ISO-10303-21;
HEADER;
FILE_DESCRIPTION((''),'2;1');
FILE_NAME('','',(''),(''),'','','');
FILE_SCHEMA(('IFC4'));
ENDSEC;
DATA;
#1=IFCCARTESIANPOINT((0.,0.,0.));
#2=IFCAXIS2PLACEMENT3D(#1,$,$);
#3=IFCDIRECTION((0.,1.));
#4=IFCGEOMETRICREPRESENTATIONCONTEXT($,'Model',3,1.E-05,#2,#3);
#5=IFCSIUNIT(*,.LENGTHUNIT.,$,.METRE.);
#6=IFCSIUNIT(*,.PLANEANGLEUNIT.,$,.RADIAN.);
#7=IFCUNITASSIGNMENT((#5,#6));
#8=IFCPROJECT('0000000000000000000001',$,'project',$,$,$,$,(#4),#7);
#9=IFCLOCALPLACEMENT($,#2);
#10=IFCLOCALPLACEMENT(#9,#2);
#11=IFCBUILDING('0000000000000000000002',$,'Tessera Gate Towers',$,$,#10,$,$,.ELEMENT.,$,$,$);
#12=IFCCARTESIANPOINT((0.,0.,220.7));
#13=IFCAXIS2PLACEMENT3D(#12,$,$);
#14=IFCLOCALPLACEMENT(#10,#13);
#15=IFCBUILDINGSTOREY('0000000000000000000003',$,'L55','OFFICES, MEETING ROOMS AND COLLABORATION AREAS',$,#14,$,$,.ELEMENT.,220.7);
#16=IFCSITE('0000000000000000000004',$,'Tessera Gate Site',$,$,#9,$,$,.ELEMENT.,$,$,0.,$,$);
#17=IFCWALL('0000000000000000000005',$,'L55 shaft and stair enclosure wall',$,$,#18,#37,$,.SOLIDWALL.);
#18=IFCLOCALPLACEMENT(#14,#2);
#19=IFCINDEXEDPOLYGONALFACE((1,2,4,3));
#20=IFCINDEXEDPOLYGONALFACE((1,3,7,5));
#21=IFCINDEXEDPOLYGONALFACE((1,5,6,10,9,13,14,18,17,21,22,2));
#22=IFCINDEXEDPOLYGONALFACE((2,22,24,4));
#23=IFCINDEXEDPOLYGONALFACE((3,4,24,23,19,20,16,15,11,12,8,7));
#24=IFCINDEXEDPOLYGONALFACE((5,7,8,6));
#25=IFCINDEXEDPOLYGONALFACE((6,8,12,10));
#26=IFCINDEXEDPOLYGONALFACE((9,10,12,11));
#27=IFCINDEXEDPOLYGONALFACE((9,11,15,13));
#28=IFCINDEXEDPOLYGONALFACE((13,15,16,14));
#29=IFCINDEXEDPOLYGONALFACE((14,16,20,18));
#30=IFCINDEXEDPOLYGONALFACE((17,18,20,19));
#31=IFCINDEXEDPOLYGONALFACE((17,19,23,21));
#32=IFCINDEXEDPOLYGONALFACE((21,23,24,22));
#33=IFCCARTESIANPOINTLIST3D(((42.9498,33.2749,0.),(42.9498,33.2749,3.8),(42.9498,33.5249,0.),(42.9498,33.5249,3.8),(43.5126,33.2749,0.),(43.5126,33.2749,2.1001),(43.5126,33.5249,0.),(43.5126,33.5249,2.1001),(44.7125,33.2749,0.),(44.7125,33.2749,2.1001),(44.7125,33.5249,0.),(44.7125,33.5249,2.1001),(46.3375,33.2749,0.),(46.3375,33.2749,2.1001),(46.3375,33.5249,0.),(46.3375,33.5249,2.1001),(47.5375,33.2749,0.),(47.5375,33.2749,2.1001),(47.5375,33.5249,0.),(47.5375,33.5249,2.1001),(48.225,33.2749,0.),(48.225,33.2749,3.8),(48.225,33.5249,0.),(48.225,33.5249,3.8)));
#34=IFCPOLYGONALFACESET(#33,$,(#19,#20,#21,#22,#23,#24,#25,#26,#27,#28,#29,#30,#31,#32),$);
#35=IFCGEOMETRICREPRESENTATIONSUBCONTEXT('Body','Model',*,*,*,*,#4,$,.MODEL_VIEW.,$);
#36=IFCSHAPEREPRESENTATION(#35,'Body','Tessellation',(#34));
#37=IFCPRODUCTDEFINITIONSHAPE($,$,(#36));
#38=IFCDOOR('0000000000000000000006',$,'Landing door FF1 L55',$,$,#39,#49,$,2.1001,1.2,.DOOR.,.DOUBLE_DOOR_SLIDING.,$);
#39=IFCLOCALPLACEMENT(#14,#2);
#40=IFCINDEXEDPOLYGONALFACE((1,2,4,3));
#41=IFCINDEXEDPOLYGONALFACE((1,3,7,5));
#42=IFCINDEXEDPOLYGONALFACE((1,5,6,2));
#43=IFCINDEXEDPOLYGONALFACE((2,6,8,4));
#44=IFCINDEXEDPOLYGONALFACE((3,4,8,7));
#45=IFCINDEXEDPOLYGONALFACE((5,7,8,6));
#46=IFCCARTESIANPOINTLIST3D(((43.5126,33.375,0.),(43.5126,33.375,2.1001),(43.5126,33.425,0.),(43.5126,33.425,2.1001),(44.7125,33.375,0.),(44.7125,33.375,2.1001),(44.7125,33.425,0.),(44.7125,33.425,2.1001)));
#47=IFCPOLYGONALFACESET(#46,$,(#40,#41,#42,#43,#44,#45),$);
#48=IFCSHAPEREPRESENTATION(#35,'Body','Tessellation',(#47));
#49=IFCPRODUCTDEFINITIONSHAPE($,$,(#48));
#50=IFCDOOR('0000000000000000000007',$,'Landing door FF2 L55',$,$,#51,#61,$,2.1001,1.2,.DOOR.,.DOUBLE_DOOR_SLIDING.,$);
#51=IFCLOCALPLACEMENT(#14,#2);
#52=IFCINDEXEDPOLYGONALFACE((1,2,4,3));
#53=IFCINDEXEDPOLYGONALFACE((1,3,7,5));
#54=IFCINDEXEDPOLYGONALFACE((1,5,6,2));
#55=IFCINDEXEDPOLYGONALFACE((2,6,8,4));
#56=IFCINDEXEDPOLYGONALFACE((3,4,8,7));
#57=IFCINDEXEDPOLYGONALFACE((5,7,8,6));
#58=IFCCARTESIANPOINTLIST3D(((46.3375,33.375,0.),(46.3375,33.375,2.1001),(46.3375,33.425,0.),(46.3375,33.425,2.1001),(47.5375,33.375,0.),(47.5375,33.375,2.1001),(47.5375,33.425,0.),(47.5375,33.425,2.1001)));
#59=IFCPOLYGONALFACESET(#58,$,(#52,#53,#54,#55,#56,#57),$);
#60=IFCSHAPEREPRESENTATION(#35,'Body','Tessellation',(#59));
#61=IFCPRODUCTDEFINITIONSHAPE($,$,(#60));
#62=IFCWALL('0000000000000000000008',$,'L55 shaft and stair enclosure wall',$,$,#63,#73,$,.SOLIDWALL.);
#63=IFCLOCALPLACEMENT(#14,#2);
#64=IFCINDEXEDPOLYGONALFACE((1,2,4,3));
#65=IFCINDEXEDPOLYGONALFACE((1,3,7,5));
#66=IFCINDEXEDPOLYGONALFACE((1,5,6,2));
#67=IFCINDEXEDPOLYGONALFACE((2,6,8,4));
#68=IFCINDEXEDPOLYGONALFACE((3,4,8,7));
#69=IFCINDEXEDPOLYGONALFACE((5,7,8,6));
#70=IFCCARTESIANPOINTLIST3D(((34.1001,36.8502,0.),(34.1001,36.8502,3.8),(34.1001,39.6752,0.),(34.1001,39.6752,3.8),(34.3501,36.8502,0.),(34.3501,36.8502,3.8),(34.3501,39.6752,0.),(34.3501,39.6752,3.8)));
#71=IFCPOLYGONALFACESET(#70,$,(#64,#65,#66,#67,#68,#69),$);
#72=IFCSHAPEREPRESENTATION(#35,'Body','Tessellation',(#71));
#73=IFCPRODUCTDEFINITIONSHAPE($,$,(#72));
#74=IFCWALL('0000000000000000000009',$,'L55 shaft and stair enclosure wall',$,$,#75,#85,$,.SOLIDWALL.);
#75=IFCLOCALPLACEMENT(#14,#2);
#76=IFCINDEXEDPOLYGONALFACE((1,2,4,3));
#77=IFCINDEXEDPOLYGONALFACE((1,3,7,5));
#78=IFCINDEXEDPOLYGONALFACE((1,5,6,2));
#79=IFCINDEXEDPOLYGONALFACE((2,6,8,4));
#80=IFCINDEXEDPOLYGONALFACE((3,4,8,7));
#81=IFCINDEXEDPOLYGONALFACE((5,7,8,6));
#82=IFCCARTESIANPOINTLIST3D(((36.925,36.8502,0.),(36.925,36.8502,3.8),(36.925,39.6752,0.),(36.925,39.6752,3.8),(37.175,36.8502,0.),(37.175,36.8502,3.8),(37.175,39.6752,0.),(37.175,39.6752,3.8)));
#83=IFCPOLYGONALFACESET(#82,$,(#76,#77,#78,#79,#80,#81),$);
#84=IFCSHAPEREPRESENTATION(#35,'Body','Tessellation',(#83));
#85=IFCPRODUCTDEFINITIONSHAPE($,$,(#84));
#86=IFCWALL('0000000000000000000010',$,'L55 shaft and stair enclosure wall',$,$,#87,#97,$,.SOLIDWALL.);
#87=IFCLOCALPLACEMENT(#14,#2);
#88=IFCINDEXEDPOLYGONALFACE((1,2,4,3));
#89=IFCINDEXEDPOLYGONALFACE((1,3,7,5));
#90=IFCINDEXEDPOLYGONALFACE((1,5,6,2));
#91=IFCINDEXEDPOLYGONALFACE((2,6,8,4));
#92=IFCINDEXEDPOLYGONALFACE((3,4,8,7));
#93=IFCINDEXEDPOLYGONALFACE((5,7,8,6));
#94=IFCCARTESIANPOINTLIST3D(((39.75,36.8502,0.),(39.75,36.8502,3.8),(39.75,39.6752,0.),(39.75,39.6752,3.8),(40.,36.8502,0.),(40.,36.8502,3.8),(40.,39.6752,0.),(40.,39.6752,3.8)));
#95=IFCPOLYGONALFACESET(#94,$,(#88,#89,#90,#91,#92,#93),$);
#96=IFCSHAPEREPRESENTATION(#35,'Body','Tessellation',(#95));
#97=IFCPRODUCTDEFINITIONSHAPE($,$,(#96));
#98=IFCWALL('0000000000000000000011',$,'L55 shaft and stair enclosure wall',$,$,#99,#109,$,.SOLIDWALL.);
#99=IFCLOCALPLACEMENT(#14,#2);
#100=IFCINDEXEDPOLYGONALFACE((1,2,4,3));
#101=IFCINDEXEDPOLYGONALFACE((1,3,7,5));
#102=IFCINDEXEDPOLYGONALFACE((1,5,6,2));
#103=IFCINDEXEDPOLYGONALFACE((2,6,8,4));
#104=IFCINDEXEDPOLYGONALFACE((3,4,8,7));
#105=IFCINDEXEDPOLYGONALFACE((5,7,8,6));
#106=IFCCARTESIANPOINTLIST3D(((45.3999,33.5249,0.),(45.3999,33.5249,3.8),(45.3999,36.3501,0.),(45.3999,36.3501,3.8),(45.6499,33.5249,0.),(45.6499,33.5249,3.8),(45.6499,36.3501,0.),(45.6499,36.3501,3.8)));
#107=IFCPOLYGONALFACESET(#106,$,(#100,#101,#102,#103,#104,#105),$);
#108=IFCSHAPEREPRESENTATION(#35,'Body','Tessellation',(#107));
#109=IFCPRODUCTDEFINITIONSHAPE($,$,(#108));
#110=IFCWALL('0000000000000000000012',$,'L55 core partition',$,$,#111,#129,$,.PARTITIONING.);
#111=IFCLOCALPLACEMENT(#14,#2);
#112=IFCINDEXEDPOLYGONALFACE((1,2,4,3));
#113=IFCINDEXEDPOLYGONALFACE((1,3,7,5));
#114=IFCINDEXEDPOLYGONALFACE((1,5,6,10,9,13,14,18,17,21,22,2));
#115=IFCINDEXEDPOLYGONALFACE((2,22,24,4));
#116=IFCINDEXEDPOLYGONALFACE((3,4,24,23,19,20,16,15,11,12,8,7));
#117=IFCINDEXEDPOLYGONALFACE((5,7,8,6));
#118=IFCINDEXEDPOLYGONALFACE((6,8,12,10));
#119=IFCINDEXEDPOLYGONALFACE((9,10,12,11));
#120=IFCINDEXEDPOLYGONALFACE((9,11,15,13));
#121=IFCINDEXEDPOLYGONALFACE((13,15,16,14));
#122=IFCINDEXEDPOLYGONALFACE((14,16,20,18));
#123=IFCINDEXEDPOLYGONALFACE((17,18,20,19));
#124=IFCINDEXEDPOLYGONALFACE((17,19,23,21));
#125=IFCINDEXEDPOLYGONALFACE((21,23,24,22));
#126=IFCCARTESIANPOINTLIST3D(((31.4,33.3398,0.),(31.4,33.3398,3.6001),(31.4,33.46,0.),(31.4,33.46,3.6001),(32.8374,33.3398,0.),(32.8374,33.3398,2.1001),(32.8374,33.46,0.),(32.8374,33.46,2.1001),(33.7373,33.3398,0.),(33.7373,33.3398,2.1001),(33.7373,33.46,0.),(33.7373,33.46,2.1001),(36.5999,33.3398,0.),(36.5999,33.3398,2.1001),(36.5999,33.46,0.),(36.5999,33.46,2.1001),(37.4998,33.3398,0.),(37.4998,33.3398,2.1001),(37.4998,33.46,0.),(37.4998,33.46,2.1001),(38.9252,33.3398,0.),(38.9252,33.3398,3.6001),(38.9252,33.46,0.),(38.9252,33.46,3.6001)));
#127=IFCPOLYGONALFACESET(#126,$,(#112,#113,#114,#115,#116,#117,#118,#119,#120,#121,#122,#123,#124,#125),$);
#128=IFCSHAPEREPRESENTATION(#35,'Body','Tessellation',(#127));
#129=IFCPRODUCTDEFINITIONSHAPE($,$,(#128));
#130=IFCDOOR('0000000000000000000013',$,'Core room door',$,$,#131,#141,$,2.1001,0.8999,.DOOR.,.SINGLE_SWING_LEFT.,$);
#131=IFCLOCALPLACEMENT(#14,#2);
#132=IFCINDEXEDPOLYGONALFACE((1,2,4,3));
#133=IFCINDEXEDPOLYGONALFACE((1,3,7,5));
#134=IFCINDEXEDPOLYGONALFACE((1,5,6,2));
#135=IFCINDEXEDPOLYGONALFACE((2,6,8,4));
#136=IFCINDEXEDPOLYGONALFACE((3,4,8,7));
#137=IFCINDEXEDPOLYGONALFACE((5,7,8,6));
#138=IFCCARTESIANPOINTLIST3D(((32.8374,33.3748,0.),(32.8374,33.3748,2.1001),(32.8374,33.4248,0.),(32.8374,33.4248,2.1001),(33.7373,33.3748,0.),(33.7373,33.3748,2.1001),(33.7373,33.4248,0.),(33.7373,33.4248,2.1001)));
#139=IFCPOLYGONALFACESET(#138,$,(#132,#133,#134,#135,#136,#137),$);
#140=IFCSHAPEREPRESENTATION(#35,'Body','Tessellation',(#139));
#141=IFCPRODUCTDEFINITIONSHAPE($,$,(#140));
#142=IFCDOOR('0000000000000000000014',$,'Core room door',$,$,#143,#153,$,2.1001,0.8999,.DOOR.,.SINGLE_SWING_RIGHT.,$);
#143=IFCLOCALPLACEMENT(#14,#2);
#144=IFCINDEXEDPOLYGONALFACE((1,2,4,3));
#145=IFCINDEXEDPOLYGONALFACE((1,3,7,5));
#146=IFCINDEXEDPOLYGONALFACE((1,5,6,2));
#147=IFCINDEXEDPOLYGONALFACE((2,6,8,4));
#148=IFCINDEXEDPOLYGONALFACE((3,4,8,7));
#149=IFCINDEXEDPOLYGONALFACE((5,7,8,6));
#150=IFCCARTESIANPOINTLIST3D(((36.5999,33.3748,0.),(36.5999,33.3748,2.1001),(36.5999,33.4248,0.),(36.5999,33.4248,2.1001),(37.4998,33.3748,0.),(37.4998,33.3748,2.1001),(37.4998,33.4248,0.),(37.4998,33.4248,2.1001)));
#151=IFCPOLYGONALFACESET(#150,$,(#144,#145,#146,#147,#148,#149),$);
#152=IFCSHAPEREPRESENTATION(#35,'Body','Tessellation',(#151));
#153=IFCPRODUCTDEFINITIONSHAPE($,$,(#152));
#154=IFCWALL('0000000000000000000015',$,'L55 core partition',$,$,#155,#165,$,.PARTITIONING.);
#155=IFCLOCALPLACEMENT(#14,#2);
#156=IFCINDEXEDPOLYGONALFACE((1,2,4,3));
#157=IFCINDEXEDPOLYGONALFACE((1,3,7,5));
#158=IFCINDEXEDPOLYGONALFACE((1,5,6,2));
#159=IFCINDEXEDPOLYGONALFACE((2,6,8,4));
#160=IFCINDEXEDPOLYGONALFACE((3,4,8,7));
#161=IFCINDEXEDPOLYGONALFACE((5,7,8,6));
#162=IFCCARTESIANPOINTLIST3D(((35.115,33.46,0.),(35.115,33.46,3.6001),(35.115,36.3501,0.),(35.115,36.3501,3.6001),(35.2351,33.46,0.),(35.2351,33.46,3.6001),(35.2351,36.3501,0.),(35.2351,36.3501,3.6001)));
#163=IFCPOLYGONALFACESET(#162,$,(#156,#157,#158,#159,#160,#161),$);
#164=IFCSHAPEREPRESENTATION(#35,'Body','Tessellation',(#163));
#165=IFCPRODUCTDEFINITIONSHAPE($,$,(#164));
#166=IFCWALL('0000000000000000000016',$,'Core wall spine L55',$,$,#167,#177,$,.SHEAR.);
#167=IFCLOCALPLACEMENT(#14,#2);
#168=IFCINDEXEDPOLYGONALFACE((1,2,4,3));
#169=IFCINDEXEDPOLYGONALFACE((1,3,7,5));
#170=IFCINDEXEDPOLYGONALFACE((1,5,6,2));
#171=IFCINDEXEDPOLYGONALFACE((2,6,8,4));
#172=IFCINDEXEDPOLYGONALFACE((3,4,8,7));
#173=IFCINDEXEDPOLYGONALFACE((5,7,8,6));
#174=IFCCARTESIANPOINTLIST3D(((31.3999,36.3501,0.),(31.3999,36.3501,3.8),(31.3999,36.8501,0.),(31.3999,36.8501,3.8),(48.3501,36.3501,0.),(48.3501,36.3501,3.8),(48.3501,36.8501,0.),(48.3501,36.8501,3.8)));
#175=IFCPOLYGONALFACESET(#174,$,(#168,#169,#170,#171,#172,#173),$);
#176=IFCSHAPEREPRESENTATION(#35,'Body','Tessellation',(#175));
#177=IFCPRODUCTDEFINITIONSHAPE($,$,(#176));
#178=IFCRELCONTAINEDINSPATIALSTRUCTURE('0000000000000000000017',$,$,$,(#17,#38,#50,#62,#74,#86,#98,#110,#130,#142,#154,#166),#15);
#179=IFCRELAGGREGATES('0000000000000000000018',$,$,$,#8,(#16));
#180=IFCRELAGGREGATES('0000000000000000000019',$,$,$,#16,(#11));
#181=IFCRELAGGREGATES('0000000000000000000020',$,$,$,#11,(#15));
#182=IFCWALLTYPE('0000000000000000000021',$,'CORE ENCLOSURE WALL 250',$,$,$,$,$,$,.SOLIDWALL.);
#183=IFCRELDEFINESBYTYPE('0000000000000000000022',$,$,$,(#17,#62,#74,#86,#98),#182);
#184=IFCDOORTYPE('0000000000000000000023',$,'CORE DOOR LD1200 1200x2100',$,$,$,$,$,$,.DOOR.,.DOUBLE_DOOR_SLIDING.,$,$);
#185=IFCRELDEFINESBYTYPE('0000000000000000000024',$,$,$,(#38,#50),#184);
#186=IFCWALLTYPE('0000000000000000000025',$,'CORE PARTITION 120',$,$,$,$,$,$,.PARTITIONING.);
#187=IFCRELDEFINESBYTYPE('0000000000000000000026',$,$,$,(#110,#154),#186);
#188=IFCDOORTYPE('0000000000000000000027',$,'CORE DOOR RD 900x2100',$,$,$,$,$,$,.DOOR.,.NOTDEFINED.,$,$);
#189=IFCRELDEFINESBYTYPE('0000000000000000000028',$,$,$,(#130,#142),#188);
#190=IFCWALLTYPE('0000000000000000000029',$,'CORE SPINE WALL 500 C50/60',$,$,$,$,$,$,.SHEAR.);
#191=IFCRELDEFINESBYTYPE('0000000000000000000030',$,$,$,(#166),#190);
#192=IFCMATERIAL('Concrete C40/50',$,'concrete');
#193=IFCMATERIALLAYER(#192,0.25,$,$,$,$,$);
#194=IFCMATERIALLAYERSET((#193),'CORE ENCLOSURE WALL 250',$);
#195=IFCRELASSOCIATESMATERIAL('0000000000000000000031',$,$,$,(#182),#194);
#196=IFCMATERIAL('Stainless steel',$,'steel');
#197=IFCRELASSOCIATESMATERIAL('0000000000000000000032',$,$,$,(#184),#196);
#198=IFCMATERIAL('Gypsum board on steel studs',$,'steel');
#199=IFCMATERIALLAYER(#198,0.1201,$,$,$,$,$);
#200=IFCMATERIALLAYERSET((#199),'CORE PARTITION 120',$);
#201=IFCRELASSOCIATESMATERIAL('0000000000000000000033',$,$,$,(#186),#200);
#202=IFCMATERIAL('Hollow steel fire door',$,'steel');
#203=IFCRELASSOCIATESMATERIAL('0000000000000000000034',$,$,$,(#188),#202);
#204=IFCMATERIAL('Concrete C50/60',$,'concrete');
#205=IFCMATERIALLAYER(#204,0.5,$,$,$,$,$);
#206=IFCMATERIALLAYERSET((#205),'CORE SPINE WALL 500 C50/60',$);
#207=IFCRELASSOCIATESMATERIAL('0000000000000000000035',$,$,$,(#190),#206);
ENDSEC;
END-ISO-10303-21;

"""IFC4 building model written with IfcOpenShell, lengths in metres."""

from ifc_helpers import new_model, si_unit, direction, frame, frame_2d, origin, place, context, subcontext, project, spatial, rectangle, extrude, source, transform, mapped, material, layer, layer_set, type_object, element, fill, save


model = new_model("IFC4")

# Units and contexts
model_context = context("Model", 3, precision=1e-05, world=origin(), true_north=direction((0.0, 1.0)))
body_context = subcontext(model_context, "Body", "Model", "MODEL_VIEW")
ifc_project = project(units=[si_unit("LENGTHUNIT", "METRE"), si_unit("PLANEANGLEUNIT", "RADIAN")], contexts=[model_context])

# Site, building, storey
site_placement = place(None, origin())
site = spatial("IfcSite", under=ifc_project, at=site_placement, Name="Tessera Gate Site", CompositionType="ELEMENT", RefElevation=0.0)
building_placement = place(site_placement, origin())
building = spatial("IfcBuilding", under=site, at=building_placement, Name="Tessera Gate Towers", CompositionType="ELEMENT")
storey_placement = place(building_placement, frame((0.0, 0.0, 220.7)))
storey = spatial("IfcBuildingStorey", under=building, at=storey_placement, Name="L55", Description="OFFICES, MEETING ROOMS AND COLLABORATION AREAS", CompositionType="ELEMENT", Elevation=220.7)

# Shared definitions
ifc_material_1 = material(Name="Concrete C40/50", Category="concrete")
ifc_layer_1 = layer(ifc_material_1, 0.25)
ifc_layer_set_1 = layer_set([ifc_layer_1], Name="CORE ENCLOSURE WALL 250")
wall_type_1 = type_object("IfcWallType", Name="CORE ENCLOSURE WALL 250", PredefinedType="SOLIDWALL", material=ifc_layer_set_1)

# Shared definitions
shared_shape_1 = source(origin(), body_context, "Body", "SweptSolid", [
    extrude(rectangle(XDim=1.2, YDim=2.1001, at=frame_2d((0.6001, 1.05))), frame((0.0, 0.135, 0.0), z_axis=(0.0, -1.0, 0.0), x_axis=(1.0, 0.0, 0.0)), (0.0, 0.0, 1.0), 0.27),
])
shared_shape_2 = source(origin(), body_context, "Body", "SweptSolid", [
    extrude(rectangle(XDim=1.2, YDim=2.1001, at=frame_2d((0.6001, 1.05))), frame((0.0, 0.0249, 0.0), z_axis=(0.0, -1.0, 0.0), x_axis=(1.0, 0.0, 0.0)), (0.0, 0.0, 1.0), 0.05),
])

# Wall, openings, doors
wall_1_placement = place(storey_placement, frame((48.2251, 33.3999, 0.0), z_axis=(0.0, 0.0, 1.0), x_axis=(-1.0, 0.0, 0.0)))
wall_1 = element("IfcWall", 1, at=wall_1_placement, inside=storey, type_object=wall_type_1, Name="L55 shaft and stair enclosure wall", PredefinedType="SOLIDWALL", context=body_context, shape_type="SweptSolid", body=[
    extrude(rectangle(XDim=5.2751, YDim=0.25, at=frame_2d((2.6377, 0.0))), origin(), (0.0, 0.0, 1.0), 3.8),
])
opening_1_placement = place(wall_1_placement, frame((3.5125, 0.0, 0.0)))
opening_1 = element("IfcOpeningElement", 2, at=opening_1_placement, cuts=wall_1, PredefinedType="OPENING", context=body_context, shape_type="MappedRepresentation", body=[
    mapped(shared_shape_1, transform((0.0, 0.0, 0.0), scale=1.0)),
])
opening_2_placement = place(wall_1_placement, frame((0.6875, 0.0, 0.0)))
opening_2 = element("IfcOpeningElement", 3, at=opening_2_placement, cuts=wall_1, PredefinedType="OPENING", context=body_context, shape_type="MappedRepresentation", body=[
    mapped(shared_shape_1, transform((0.0, 0.0, 0.0), scale=1.0)),
])
ifc_material_2 = material(Name="Stainless steel", Category="steel")
door_type_1 = type_object("IfcDoorType", Name="CORE DOOR LD1200 1200x2100", OperationType="DOUBLE_DOOR_SLIDING", PredefinedType="DOOR", material=ifc_material_2)
door_1_placement = place(opening_1_placement, origin())
door_1 = element("IfcDoor", 4, at=door_1_placement, inside=storey, type_object=door_type_1, Name="Landing door FF1 L55", OperationType="DOUBLE_DOOR_SLIDING", OverallHeight=2.1001, OverallWidth=1.2, PredefinedType="DOOR", context=body_context, shape_type="MappedRepresentation", body=[
    mapped(shared_shape_2, transform((0.0, 0.0, 0.0), scale=1.0)),
])
fill(opening_1, door_1)
door_2_placement = place(opening_2_placement, origin())
door_2 = element("IfcDoor", 5, at=door_2_placement, inside=storey, type_object=door_type_1, Name="Landing door FF2 L55", OperationType="DOUBLE_DOOR_SLIDING", OverallHeight=2.1001, OverallWidth=1.2, PredefinedType="DOOR", context=body_context, shape_type="MappedRepresentation", body=[
    mapped(shared_shape_2, transform((0.0, 0.0, 0.0), scale=1.0)),
])
fill(opening_2, door_2)

# Walls
for number, where, z_axis, x_axis, name in (
    (6, (34.2251, 36.8501, 0.0), (0.0, 0.0, 1.0), (0.0, 1.0, 0.0), "L55 shaft and stair enclosure wall"),
    (7, (37.05, 36.8501, 0.0), (0.0, 0.0, 1.0), (0.0, 1.0, 0.0), "L55 shaft and stair enclosure wall"),
    (8, (39.875, 36.8501, 0.0), (0.0, 0.0, 1.0), (0.0, 1.0, 0.0), "L55 shaft and stair enclosure wall"),
):
    element("IfcWall", number, at=place(storey_placement, frame(where, z_axis=z_axis, x_axis=x_axis)), inside=storey, type_object=wall_type_1, Name=name, PredefinedType="SOLIDWALL", context=body_context, shape_type="SweptSolid", body=[
        extrude(rectangle(XDim=2.825, YDim=0.25, at=frame_2d((1.4126, 0.0))), origin(), (0.0, 0.0, 1.0), 3.8),
    ])
wall_2_placement = place(storey_placement, frame((45.5249, 33.5249, 0.0), z_axis=(0.0, 0.0, 1.0), x_axis=(0.0, 1.0, 0.0)))
element("IfcWall", 9, at=wall_2_placement, inside=storey, type_object=wall_type_1, Name="L55 shaft and stair enclosure wall", PredefinedType="SOLIDWALL", context=body_context, shape_type="SweptSolid", body=[
    extrude(rectangle(XDim=2.8252, YDim=0.25, at=frame_2d((1.4126, 0.0))), origin(), (0.0, 0.0, 1.0), 3.8),
])

# Wall, openings, doors
ifc_material_3 = material(Name="Gypsum board on steel studs", Category="steel")
ifc_layer_2 = layer(ifc_material_3, 0.1201)
ifc_layer_set_2 = layer_set([ifc_layer_2], Name="CORE PARTITION 120")
wall_type_2 = type_object("IfcWallType", Name="CORE PARTITION 120", PredefinedType="PARTITIONING", material=ifc_layer_set_2)
wall_3_placement = place(storey_placement, frame((31.3999, 33.3999, 0.0), z_axis=(0.0, 0.0, 1.0), x_axis=(1.0, 0.0, 0.0)))
wall_3 = element("IfcWall", 10, at=wall_3_placement, inside=storey, type_object=wall_type_2, Name="L55 core partition", PredefinedType="PARTITIONING", context=body_context, shape_type="SweptSolid", body=[
    extrude(rectangle(XDim=7.5251, YDim=0.1201, at=frame_2d((3.7627, 0.0))), origin(), (0.0, 0.0, 1.0), 3.6001),
])
shared_shape_3 = source(origin(), body_context, "Body", "SweptSolid", [
    extrude(rectangle(XDim=0.8999, YDim=2.1001, at=frame_2d((0.45, 1.05))), frame((0.0, 0.0701, 0.0), z_axis=(0.0, -1.0, 0.0), x_axis=(1.0, 0.0, 0.0)), (0.0, 0.0, 1.0), 0.1401),
])
opening_3_placement = place(wall_3_placement, frame((1.4375, 0.0, 0.0)))
opening_3 = element("IfcOpeningElement", 11, at=opening_3_placement, cuts=wall_3, PredefinedType="OPENING", context=body_context, shape_type="MappedRepresentation", body=[
    mapped(shared_shape_3, transform((0.0, 0.0, 0.0), scale=1.0)),
])
opening_4_placement = place(wall_3_placement, frame((5.2, 0.0, 0.0)))
opening_4 = element("IfcOpeningElement", 12, at=opening_4_placement, cuts=wall_3, PredefinedType="OPENING", context=body_context, shape_type="MappedRepresentation", body=[
    mapped(shared_shape_3, transform((0.0, 0.0, 0.0), scale=1.0)),
])
ifc_material_4 = material(Name="Hollow steel fire door", Category="steel")
door_type_2 = type_object("IfcDoorType", Name="CORE DOOR RD 900x2100", OperationType="NOTDEFINED", PredefinedType="DOOR", material=ifc_material_4)
shared_shape_4 = source(origin(), body_context, "Body", "SweptSolid", [
    extrude(rectangle(XDim=0.8999, YDim=2.1001, at=frame_2d((0.45, 1.05))), frame((0.0, 0.0249, 0.0), z_axis=(0.0, -1.0, 0.0), x_axis=(1.0, 0.0, 0.0)), (0.0, 0.0, 1.0), 0.05),
])
door_3_placement = place(opening_3_placement, origin())
door_3 = element("IfcDoor", 13, at=door_3_placement, inside=storey, type_object=door_type_2, Name="Core room door", OperationType="SINGLE_SWING_LEFT", OverallHeight=2.1001, OverallWidth=0.8999, PredefinedType="DOOR", context=body_context, shape_type="MappedRepresentation", body=[
    mapped(shared_shape_4, transform((0.0, 0.0, 0.0), scale=1.0)),
])
fill(opening_3, door_3)
door_4_placement = place(opening_4_placement, origin())
door_4 = element("IfcDoor", 14, at=door_4_placement, inside=storey, type_object=door_type_2, Name="Core room door", OperationType="SINGLE_SWING_RIGHT", OverallHeight=2.1001, OverallWidth=0.8999, PredefinedType="DOOR", context=body_context, shape_type="MappedRepresentation", body=[
    mapped(shared_shape_4, transform((0.0, 0.0, 0.0), scale=1.0)),
])
fill(opening_4, door_4)

# Walls
wall_4_placement = place(storey_placement, frame((35.175, 33.46, 0.0), z_axis=(0.0, 0.0, 1.0), x_axis=(0.0, 1.0, 0.0)))
element("IfcWall", 15, at=wall_4_placement, inside=storey, type_object=wall_type_2, Name="L55 core partition", PredefinedType="PARTITIONING", context=body_context, shape_type="SweptSolid", body=[
    extrude(rectangle(XDim=2.8901, YDim=0.1201, at=frame_2d((1.4451, 0.0))), origin(), (0.0, 0.0, 1.0), 3.6001),
])
ifc_material_5 = material(Name="Concrete C50/60", Category="concrete")
ifc_layer_3 = layer(ifc_material_5, 0.5)
ifc_layer_set_3 = layer_set([ifc_layer_3], Name="CORE SPINE WALL 500 C50/60")
wall_type_3 = type_object("IfcWallType", Name="CORE SPINE WALL 500 C50/60", PredefinedType="SHEAR", material=ifc_layer_set_3)
wall_5_placement = place(storey_placement, frame((31.3999, 36.6001, 0.0), z_axis=(0.0, 0.0, 1.0), x_axis=(1.0, 0.0, 0.0)))
element("IfcWall", 16, at=wall_5_placement, inside=storey, type_object=wall_type_3, Name="Core wall spine L55", PredefinedType="SHEAR", context=body_context, shape_type="SweptSolid", body=[
    extrude(rectangle(XDim=16.9502, YDim=0.5, at=frame_2d((8.4751, 0.0))), origin(), (0.0, 0.0, 1.0), 3.8),
])

save(model, "model.ifc")
